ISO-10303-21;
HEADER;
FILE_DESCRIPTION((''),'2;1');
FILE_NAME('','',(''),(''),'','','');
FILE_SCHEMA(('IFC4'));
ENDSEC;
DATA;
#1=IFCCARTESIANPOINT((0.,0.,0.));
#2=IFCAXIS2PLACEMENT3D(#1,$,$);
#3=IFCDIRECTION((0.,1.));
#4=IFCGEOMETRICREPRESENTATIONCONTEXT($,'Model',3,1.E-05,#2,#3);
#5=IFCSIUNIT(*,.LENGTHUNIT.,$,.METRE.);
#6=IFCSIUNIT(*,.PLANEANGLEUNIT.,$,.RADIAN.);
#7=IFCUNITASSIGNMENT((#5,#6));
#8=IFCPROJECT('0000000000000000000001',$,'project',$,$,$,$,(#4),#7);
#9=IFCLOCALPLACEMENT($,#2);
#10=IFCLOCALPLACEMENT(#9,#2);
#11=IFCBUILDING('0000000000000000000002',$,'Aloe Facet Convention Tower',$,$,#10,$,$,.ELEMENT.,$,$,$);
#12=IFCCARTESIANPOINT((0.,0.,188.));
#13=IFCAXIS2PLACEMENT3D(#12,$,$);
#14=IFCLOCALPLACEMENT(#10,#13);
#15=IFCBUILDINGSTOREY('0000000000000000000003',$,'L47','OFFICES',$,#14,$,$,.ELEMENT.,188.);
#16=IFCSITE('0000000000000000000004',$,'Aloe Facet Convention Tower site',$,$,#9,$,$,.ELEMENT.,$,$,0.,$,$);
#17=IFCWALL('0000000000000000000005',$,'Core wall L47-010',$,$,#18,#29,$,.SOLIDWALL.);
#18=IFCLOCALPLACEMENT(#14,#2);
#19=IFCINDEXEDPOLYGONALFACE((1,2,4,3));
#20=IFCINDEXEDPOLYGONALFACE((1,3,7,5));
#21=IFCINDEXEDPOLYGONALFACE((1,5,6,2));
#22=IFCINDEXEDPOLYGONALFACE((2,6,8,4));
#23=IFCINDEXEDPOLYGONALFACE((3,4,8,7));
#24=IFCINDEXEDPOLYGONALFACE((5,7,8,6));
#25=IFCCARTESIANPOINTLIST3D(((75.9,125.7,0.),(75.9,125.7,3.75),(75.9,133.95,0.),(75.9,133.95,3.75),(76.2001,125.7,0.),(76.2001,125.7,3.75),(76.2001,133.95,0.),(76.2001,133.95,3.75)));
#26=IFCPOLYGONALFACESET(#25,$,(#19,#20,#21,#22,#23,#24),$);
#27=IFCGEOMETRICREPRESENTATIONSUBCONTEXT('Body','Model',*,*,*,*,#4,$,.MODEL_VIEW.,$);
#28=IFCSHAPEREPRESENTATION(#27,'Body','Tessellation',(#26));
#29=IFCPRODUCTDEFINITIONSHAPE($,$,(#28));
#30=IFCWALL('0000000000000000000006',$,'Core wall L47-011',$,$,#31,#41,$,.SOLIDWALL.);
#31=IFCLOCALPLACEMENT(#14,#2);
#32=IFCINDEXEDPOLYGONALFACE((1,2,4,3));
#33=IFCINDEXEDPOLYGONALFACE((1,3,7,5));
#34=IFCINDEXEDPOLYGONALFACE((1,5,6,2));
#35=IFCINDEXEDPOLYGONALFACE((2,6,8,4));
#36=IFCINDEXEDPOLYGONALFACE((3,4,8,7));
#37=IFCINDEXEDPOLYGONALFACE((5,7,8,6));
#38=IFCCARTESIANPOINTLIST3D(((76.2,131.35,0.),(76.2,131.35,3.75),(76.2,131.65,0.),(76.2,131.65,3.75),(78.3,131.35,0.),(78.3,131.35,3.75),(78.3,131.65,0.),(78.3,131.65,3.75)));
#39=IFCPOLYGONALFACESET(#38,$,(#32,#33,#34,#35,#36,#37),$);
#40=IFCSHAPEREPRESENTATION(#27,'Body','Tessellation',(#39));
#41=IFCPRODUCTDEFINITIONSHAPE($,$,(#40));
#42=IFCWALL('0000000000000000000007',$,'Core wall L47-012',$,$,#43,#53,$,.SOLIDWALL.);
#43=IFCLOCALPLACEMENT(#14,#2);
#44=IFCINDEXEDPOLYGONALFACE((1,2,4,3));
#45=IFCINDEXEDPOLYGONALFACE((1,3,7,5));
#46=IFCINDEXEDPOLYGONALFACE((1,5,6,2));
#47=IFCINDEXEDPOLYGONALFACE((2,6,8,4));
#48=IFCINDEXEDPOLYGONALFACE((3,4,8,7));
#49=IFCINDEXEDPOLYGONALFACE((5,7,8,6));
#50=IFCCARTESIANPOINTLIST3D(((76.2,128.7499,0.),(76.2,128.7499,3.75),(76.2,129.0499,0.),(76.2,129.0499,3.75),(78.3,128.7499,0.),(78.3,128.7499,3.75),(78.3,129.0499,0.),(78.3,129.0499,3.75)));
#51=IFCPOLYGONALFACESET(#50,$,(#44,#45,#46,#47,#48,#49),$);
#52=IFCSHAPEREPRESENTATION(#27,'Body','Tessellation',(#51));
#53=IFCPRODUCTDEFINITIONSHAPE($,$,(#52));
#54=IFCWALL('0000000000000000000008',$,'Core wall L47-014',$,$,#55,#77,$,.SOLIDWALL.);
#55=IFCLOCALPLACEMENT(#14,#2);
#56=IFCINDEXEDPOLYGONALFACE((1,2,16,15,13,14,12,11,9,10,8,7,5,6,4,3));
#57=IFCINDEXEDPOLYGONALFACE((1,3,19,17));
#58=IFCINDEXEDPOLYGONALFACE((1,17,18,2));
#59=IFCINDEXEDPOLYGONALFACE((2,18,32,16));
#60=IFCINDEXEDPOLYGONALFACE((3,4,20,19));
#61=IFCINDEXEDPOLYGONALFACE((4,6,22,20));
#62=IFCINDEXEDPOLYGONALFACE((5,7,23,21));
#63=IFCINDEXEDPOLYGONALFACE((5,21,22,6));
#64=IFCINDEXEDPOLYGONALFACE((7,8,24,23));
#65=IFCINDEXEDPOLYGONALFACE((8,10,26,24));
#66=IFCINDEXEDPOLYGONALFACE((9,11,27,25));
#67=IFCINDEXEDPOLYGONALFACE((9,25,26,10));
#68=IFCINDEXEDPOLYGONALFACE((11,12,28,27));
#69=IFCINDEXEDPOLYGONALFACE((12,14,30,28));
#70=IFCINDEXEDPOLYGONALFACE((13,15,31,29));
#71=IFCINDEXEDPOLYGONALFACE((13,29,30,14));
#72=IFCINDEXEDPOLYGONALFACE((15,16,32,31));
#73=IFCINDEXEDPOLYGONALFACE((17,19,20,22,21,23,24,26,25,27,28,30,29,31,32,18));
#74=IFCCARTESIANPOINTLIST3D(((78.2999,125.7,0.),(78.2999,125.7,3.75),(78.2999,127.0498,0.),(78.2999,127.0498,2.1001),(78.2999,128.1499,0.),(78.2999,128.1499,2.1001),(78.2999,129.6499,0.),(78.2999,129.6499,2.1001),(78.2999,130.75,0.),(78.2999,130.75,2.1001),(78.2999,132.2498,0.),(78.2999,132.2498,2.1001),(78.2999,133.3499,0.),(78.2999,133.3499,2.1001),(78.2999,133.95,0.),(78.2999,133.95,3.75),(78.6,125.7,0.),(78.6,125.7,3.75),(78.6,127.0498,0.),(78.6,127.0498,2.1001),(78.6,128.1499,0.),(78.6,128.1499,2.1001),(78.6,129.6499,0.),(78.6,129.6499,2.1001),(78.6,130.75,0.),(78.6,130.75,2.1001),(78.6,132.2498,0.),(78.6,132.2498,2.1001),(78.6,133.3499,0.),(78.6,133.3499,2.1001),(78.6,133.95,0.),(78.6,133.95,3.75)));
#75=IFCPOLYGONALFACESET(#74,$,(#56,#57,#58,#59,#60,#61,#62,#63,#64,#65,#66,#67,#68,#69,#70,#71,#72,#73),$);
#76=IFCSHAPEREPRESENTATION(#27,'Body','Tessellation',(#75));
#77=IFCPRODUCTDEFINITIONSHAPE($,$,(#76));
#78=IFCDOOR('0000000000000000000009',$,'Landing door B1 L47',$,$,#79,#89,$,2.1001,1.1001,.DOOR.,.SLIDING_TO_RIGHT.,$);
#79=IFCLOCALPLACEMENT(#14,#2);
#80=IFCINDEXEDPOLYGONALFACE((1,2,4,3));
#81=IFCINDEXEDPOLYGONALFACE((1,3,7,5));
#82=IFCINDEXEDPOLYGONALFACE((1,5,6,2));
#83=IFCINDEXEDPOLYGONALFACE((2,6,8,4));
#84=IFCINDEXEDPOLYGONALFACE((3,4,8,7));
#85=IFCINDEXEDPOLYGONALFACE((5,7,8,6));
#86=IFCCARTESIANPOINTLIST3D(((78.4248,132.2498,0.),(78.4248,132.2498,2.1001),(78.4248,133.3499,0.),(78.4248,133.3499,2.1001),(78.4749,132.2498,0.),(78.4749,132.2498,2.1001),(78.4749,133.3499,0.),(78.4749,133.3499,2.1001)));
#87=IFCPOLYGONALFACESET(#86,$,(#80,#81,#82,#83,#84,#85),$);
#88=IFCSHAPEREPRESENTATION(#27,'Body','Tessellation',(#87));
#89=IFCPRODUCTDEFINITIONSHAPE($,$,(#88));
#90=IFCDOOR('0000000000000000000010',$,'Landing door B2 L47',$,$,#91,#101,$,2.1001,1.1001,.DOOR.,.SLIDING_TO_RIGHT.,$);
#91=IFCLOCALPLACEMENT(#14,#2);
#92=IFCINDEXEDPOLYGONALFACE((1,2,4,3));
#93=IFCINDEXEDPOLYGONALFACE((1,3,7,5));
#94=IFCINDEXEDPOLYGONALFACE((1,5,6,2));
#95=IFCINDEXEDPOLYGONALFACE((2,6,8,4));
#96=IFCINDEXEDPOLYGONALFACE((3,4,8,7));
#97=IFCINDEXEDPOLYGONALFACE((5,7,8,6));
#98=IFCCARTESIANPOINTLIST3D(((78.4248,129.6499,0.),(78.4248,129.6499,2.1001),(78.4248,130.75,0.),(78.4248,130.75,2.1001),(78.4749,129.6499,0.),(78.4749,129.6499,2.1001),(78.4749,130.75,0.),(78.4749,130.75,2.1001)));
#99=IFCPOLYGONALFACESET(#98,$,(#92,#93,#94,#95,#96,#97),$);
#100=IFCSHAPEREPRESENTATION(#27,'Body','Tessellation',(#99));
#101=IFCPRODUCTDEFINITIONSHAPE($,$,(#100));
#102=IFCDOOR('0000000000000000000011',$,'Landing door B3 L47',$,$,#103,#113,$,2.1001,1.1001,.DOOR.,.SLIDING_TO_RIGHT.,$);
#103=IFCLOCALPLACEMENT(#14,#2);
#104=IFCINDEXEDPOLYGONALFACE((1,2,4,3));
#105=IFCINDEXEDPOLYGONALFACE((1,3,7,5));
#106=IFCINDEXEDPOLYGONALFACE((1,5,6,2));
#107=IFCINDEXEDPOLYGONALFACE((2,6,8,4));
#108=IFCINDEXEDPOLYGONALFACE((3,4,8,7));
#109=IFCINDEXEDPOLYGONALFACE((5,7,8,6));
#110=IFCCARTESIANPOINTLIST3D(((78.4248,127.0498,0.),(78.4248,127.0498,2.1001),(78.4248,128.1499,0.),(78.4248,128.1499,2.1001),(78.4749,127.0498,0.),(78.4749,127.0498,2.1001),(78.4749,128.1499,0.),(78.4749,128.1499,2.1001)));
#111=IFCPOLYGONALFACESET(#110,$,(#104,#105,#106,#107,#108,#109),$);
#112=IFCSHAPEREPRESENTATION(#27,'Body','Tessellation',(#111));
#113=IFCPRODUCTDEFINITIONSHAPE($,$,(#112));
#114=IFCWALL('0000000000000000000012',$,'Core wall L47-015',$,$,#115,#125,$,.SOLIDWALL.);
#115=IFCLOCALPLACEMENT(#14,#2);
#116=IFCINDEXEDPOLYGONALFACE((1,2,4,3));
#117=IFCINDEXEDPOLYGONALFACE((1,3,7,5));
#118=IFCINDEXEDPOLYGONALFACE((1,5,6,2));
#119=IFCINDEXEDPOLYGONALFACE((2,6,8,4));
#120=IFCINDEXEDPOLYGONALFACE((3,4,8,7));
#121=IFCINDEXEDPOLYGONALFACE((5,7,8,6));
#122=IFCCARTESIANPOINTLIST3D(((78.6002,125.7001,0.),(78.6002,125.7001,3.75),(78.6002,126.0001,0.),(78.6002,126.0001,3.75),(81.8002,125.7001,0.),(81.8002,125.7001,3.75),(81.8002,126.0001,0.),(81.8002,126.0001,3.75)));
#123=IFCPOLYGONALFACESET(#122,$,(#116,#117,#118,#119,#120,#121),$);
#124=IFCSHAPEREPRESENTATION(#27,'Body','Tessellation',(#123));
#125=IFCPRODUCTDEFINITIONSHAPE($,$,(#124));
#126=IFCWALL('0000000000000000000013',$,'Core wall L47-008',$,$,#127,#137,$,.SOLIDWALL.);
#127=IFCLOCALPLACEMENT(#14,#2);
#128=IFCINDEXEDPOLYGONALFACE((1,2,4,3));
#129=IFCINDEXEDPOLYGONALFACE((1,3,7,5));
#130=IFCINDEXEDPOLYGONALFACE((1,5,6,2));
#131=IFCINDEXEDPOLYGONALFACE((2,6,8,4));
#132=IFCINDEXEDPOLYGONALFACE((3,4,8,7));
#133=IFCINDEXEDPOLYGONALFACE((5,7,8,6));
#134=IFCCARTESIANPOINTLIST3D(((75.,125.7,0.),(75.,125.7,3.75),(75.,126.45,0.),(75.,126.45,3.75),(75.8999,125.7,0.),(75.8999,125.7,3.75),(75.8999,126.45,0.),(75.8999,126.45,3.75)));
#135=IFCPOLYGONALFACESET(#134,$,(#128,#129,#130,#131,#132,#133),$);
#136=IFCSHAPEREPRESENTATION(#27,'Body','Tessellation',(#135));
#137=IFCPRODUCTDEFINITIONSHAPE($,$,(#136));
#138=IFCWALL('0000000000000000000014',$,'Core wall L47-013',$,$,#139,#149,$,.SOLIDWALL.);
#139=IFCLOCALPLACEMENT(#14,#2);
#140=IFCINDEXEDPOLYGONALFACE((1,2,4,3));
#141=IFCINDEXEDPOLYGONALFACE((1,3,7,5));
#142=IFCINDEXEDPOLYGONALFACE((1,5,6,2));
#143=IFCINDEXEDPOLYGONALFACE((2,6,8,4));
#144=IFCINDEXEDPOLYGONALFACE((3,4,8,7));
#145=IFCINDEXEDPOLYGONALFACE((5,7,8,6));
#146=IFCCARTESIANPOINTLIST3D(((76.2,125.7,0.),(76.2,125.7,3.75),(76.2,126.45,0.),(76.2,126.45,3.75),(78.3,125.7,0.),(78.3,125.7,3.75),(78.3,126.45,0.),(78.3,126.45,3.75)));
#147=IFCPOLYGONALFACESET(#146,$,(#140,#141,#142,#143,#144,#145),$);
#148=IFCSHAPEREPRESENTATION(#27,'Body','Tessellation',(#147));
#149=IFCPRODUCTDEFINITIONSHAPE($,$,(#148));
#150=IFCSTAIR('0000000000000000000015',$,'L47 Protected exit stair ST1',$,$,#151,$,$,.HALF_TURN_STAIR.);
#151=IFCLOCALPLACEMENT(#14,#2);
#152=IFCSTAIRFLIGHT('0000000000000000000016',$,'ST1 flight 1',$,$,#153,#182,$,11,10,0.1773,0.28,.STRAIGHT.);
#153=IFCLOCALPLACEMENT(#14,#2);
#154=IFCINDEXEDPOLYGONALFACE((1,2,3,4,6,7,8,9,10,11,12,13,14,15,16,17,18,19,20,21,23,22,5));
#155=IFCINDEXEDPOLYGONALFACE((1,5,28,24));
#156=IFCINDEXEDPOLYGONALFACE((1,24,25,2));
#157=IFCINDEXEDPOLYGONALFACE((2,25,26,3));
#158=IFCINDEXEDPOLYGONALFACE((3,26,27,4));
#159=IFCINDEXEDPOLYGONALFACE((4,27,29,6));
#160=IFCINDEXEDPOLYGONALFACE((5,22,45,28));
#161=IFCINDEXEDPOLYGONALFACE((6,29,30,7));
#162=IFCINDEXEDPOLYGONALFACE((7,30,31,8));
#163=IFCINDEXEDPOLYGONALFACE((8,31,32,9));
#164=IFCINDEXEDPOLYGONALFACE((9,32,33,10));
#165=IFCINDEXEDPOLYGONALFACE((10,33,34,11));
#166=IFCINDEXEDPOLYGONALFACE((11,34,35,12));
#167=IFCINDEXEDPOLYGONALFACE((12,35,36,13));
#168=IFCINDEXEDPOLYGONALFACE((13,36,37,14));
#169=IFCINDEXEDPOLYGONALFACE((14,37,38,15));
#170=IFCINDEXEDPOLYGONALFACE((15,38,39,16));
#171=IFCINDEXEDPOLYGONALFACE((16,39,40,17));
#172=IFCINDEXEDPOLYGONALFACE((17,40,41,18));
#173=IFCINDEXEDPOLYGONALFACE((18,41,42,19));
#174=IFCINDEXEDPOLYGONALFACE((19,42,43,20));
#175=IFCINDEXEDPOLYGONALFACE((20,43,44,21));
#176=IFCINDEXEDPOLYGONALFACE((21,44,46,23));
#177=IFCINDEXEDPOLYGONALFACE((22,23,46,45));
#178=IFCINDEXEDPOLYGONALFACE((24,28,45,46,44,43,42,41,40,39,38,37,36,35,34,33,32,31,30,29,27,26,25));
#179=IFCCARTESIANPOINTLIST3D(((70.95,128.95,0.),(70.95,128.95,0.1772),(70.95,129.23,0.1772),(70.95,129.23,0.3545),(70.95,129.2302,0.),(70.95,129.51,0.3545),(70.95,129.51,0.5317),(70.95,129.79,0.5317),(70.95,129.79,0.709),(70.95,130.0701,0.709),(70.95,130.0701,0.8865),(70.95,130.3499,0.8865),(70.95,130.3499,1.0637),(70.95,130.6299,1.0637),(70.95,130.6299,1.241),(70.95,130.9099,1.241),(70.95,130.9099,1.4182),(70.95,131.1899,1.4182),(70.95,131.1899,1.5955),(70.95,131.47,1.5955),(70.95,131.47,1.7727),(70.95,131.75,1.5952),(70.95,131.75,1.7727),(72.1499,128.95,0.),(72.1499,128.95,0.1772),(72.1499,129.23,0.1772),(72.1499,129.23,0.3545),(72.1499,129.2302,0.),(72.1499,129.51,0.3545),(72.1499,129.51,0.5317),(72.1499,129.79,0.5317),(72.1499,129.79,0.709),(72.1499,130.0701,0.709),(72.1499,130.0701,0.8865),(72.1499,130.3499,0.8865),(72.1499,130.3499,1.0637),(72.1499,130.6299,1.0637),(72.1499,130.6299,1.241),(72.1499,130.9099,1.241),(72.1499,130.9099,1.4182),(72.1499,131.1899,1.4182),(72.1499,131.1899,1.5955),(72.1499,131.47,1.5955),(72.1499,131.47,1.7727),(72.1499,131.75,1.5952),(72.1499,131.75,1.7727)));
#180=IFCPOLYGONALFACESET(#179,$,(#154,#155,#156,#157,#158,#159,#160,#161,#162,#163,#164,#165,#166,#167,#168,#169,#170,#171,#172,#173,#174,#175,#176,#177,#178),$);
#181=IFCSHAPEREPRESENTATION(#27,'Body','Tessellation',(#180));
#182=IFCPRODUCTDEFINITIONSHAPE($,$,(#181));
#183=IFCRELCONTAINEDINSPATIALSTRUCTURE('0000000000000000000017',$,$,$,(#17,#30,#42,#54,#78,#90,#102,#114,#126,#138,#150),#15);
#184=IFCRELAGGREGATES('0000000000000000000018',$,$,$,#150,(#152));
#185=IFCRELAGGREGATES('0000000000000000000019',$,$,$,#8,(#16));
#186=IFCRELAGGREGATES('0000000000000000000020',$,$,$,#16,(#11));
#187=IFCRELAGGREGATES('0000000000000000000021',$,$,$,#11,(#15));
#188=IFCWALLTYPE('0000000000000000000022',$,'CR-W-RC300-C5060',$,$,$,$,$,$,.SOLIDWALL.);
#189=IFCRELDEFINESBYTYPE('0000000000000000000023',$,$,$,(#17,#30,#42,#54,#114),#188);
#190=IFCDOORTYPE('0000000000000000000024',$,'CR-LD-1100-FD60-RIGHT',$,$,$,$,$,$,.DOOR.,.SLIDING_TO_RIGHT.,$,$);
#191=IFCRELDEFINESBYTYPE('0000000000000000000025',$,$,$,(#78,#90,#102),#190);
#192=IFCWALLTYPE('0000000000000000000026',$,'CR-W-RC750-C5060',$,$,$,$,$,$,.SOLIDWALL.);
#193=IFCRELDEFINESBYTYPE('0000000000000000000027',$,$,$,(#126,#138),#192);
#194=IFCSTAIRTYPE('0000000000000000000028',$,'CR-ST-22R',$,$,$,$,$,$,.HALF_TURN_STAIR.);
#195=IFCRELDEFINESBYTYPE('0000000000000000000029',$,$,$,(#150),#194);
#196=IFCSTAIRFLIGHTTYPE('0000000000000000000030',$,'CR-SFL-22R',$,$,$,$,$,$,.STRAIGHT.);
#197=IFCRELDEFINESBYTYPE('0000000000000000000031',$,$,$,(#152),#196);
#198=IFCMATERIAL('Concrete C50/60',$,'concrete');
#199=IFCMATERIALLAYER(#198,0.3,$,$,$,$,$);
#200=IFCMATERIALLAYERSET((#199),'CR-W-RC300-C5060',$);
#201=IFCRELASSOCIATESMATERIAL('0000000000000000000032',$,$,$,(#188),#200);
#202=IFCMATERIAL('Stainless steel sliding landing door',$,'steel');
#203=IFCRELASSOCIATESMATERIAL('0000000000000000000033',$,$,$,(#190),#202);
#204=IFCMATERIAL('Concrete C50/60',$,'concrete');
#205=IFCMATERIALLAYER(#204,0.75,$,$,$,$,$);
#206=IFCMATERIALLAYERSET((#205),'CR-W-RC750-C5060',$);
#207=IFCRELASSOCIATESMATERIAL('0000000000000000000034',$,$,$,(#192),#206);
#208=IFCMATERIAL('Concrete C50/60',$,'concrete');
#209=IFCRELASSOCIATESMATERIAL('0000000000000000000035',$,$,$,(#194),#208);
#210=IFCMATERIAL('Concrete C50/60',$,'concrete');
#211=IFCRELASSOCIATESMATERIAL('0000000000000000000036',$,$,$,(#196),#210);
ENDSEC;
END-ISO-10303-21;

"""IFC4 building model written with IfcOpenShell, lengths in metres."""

from ifc_helpers import new_model, si_unit, direction, frame, frame_2d, origin, place, context, subcontext, project, spatial, polyline, rectangle, outline, extrude, material, layer, layer_set, type_object, element, fill, aggregate, save


model = new_model("IFC4")

# Units and contexts
model_context = context("Model", 3, precision=1e-05, world=origin(), true_north=direction((0.0, 1.0)))
body_context = subcontext(model_context, "Body", "Model", "MODEL_VIEW")
ifc_project = project(units=[si_unit("LENGTHUNIT", "METRE"), si_unit("PLANEANGLEUNIT", "RADIAN")], contexts=[model_context])

# Site, building, storey
site_placement = place(None, origin())
site = spatial("IfcSite", under=ifc_project, at=site_placement, Name="Aloe Facet Convention Tower site", CompositionType="ELEMENT", RefElevation=0.0)
building_placement = place(site_placement, origin())
building = spatial("IfcBuilding", under=site, at=building_placement, Name="Aloe Facet Convention Tower", CompositionType="ELEMENT")
storey_placement = place(building_placement, frame((0.0, 0.0, 188.0)))
storey = spatial("IfcBuildingStorey", under=building, at=storey_placement, Name="L47", Description="OFFICES", CompositionType="ELEMENT", Elevation=188.0)

# Shared definitions
ifc_material_1 = material(Name="Concrete C50/60", Category="concrete")
ifc_layer_1 = layer(ifc_material_1, 0.3)
ifc_layer_set_1 = layer_set([ifc_layer_1], Name="CR-W-RC300-C5060")
wall_type_1 = type_object("IfcWallType", Name="CR-W-RC300-C5060", PredefinedType="SOLIDWALL", material=ifc_layer_set_1)

# Walls
wall_1_placement = place(storey_placement, frame((76.05, 133.95, 0.0), z_axis=(0.0, 0.0, 1.0), x_axis=(0.0, -1.0, 0.0)))
element("IfcWall", 1, at=wall_1_placement, inside=storey, type_object=wall_type_1, Name="Core wall L47-010", PredefinedType="SOLIDWALL", context=body_context, shape_type="SweptSolid", body=[
    extrude(rectangle(XDim=8.25, YDim=0.3, at=frame_2d((4.125, 0.0))), origin(), (0.0, 0.0, 1.0), 3.75),
])
for number, where, z_axis, x_axis, name in (
    (2, (76.2, 131.5, 0.0), (0.0, 0.0, 1.0), (1.0, 0.0, 0.0), "Core wall L47-011"),
    (3, (76.2, 128.8999, 0.0), (0.0, 0.0, 1.0), (1.0, 0.0, 0.0), "Core wall L47-012"),
):
    element("IfcWall", number, at=place(storey_placement, frame(where, z_axis=z_axis, x_axis=x_axis)), inside=storey, type_object=wall_type_1, Name=name, PredefinedType="SOLIDWALL", context=body_context, shape_type="SweptSolid", body=[
        extrude(rectangle(XDim=2.1001, YDim=0.3, at=frame_2d((1.05, 0.0))), origin(), (0.0, 0.0, 1.0), 3.75),
    ])

# Wall, openings, doors
wall_2_placement = place(storey_placement, frame((78.45, 133.95, 0.0), z_axis=(0.0, 0.0, 1.0), x_axis=(0.0, -1.0, 0.0)))
wall_2 = element("IfcWall", 4, at=wall_2_placement, inside=storey, type_object=wall_type_1, Name="Core wall L47-014", PredefinedType="SOLIDWALL", context=body_context, shape_type="SweptSolid", body=[
    extrude(rectangle(XDim=8.25, YDim=0.3, at=frame_2d((4.125, 0.0))), origin(), (0.0, 0.0, 1.0), 3.75),
])
opening_1_placement = place(wall_2_placement, frame((0.6001, 0.0, 0.0)))
opening_1 = element("IfcOpeningElement", 5, at=opening_1_placement, cuts=wall_2, PredefinedType="OPENING", context=body_context, shape_type="SweptSolid", body=[
    extrude(rectangle(XDim=1.1001, YDim=2.1001, at=frame_2d((0.55, 1.05))), frame((0.0, 0.1602, 0.0), z_axis=(0.0, -1.0, 0.0), x_axis=(1.0, 0.0, 0.0)), (0.0, 0.0, 1.0), 0.3201),
])
opening_2_placement = place(wall_2_placement, frame((3.2, 0.0, 0.0)))
opening_2 = element("IfcOpeningElement", 6, at=opening_2_placement, cuts=wall_2, PredefinedType="OPENING", context=body_context, shape_type="SweptSolid", body=[
    extrude(rectangle(XDim=1.1001, YDim=2.1001, at=frame_2d((0.55, 1.05))), frame((0.0, 0.1602, 0.0), z_axis=(0.0, -1.0, 0.0), x_axis=(1.0, 0.0, 0.0)), (0.0, 0.0, 1.0), 0.3201),
])
opening_3_placement = place(wall_2_placement, frame((5.8, 0.0, 0.0)))
opening_3 = element("IfcOpeningElement", 7, at=opening_3_placement, cuts=wall_2, PredefinedType="OPENING", context=body_context, shape_type="SweptSolid", body=[
    extrude(rectangle(XDim=1.1001, YDim=2.1001, at=frame_2d((0.55, 1.05))), frame((0.0, 0.1602, 0.0), z_axis=(0.0, -1.0, 0.0), x_axis=(1.0, 0.0, 0.0)), (0.0, 0.0, 1.0), 0.3201),
])
ifc_material_2 = material(Name="Stainless steel sliding landing door", Category="steel")
door_type_1 = type_object("IfcDoorType", Name="CR-LD-1100-FD60-RIGHT", OperationType="SLIDING_TO_RIGHT", PredefinedType="DOOR", material=ifc_material_2)
door_1_placement = place(opening_1_placement, origin())
door_1 = element("IfcDoor", 8, at=door_1_placement, inside=storey, type_object=door_type_1, Name="Landing door B1 L47", OperationType="SLIDING_TO_RIGHT", OverallHeight=2.1001, OverallWidth=1.1001, PredefinedType="DOOR", context=body_context, shape_type="SweptSolid", body=[
    extrude(rectangle(XDim=1.1001, YDim=2.1001, at=frame_2d((0.55, 1.05))), frame((0.0, 0.0249, 0.0), z_axis=(0.0, -1.0, 0.0), x_axis=(1.0, 0.0, 0.0)), (0.0, 0.0, 1.0), 0.05),
])
fill(opening_1, door_1)
door_2_placement = place(opening_2_placement, origin())
door_2 = element("IfcDoor", 9, at=door_2_placement, inside=storey, type_object=door_type_1, Name="Landing door B2 L47", OperationType="SLIDING_TO_RIGHT", OverallHeight=2.1001, OverallWidth=1.1001, PredefinedType="DOOR", context=body_context, shape_type="SweptSolid", body=[
    extrude(rectangle(XDim=1.1001, YDim=2.1001, at=frame_2d((0.55, 1.05))), frame((0.0, 0.0249, 0.0), z_axis=(0.0, -1.0, 0.0), x_axis=(1.0, 0.0, 0.0)), (0.0, 0.0, 1.0), 0.05),
])
fill(opening_2, door_2)
door_3_placement = place(opening_3_placement, origin())
door_3 = element("IfcDoor", 10, at=door_3_placement, inside=storey, type_object=door_type_1, Name="Landing door B3 L47", OperationType="SLIDING_TO_RIGHT", OverallHeight=2.1001, OverallWidth=1.1001, PredefinedType="DOOR", context=body_context, shape_type="SweptSolid", body=[
    extrude(rectangle(XDim=1.1001, YDim=2.1001, at=frame_2d((0.55, 1.05))), frame((0.0, 0.0249, 0.0), z_axis=(0.0, -1.0, 0.0), x_axis=(1.0, 0.0, 0.0)), (0.0, 0.0, 1.0), 0.05),
])
fill(opening_3, door_3)

# Walls
wall_3_placement = place(storey_placement, frame((78.6001, 125.8501, 0.0), z_axis=(0.0, 0.0, 1.0), x_axis=(1.0, 0.0, 0.0)))
element("IfcWall", 11, at=wall_3_placement, inside=storey, type_object=wall_type_1, Name="Core wall L47-015", PredefinedType="SOLIDWALL", context=body_context, shape_type="SweptSolid", body=[
    extrude(rectangle(XDim=3.2, YDim=0.3, at=frame_2d((1.6001, 0.0))), origin(), (0.0, 0.0, 1.0), 3.75),
])
ifc_material_3 = material(Name="Concrete C50/60", Category="concrete")
ifc_layer_2 = layer(ifc_material_3, 0.75)
ifc_layer_set_2 = layer_set([ifc_layer_2], Name="CR-W-RC750-C5060")
wall_type_2 = type_object("IfcWallType", Name="CR-W-RC750-C5060", PredefinedType="SOLIDWALL", material=ifc_layer_set_2)
wall_4_placement = place(storey_placement, frame((75.0, 126.075, 0.0), z_axis=(0.0, 0.0, 1.0), x_axis=(1.0, 0.0, 0.0)))
element("IfcWall", 12, at=wall_4_placement, inside=storey, type_object=wall_type_2, Name="Core wall L47-008", PredefinedType="SOLIDWALL", context=body_context, shape_type="SweptSolid", body=[
    extrude(rectangle(XDim=0.8999, YDim=0.75, at=frame_2d((0.45, 0.0))), origin(), (0.0, 0.0, 1.0), 3.75),
])
wall_5_placement = place(storey_placement, frame((76.2, 126.075, 0.0), z_axis=(0.0, 0.0, 1.0), x_axis=(1.0, 0.0, 0.0)))
element("IfcWall", 13, at=wall_5_placement, inside=storey, type_object=wall_type_2, Name="Core wall L47-013", PredefinedType="SOLIDWALL", context=body_context, shape_type="SweptSolid", body=[
    extrude(rectangle(XDim=2.1001, YDim=0.75, at=frame_2d((1.05, 0.0))), origin(), (0.0, 0.0, 1.0), 3.75),
])

# Stair, stair flight
ifc_material_4 = material(Name="Concrete C50/60", Category="concrete")
stair_type = type_object("IfcStairType", Name="CR-ST-22R", PredefinedType="HALF_TURN_STAIR", material=ifc_material_4)
stair_placement = place(storey_placement, origin())
stair = element("IfcStair", 14, at=stair_placement, inside=storey, type_object=stair_type, Name="L47 Protected exit stair ST1", PredefinedType="HALF_TURN_STAIR")
ifc_material_5 = material(Name="Concrete C50/60", Category="concrete")
stair_flight_type = type_object("IfcStairFlightType", Name="CR-SFL-22R", PredefinedType="STRAIGHT", material=ifc_material_5)
stair_flight_1_placement = place(storey_placement, frame((71.55, 128.95, 0.0), z_axis=(0.0, 0.0, 1.0), x_axis=(0.0, 1.0, 0.0)))
stair_flight_1 = element("IfcStairFlight", 15, at=stair_flight_1_placement, type_object=stair_flight_type, Name="ST1 flight 1", NumberOfRisers=11, NumberOfTreads=10, PredefinedType="STRAIGHT", RiserHeight=0.1773, TreadLength=0.28, context=body_context, shape_type="SweptSolid", body=[
    extrude(outline(polyline([(0.0, 0.0), (0.0, 0.1772), (0.28, 0.1772), (0.28, 0.3545), (0.5601, 0.3545), (0.5601, 0.5317), (0.8401, 0.5317), (0.8401, 0.709), (1.1201, 0.709), (1.1201, 0.8865), (1.3999, 0.8865), (1.3999, 1.0637), (1.6799, 1.0637), (1.6799, 1.241), (1.96, 1.241), (1.96, 1.4182), (2.24, 1.4182), (2.24, 1.5955), (2.52, 1.5955), (2.52, 1.7727), (2.8, 1.7727), (2.8, 1.95), (2.8, 1.5952), (0.2803, 0.0), (0.0, 0.0)])), frame((0.0, 0.6001, 0.0), z_axis=(0.0, -1.0, 0.0), x_axis=(1.0, 0.0, 0.0)), (0.0, 0.0, 1.0), 1.2),
])
aggregate(stair, [stair_flight_1])

save(model, "model.ifc")
